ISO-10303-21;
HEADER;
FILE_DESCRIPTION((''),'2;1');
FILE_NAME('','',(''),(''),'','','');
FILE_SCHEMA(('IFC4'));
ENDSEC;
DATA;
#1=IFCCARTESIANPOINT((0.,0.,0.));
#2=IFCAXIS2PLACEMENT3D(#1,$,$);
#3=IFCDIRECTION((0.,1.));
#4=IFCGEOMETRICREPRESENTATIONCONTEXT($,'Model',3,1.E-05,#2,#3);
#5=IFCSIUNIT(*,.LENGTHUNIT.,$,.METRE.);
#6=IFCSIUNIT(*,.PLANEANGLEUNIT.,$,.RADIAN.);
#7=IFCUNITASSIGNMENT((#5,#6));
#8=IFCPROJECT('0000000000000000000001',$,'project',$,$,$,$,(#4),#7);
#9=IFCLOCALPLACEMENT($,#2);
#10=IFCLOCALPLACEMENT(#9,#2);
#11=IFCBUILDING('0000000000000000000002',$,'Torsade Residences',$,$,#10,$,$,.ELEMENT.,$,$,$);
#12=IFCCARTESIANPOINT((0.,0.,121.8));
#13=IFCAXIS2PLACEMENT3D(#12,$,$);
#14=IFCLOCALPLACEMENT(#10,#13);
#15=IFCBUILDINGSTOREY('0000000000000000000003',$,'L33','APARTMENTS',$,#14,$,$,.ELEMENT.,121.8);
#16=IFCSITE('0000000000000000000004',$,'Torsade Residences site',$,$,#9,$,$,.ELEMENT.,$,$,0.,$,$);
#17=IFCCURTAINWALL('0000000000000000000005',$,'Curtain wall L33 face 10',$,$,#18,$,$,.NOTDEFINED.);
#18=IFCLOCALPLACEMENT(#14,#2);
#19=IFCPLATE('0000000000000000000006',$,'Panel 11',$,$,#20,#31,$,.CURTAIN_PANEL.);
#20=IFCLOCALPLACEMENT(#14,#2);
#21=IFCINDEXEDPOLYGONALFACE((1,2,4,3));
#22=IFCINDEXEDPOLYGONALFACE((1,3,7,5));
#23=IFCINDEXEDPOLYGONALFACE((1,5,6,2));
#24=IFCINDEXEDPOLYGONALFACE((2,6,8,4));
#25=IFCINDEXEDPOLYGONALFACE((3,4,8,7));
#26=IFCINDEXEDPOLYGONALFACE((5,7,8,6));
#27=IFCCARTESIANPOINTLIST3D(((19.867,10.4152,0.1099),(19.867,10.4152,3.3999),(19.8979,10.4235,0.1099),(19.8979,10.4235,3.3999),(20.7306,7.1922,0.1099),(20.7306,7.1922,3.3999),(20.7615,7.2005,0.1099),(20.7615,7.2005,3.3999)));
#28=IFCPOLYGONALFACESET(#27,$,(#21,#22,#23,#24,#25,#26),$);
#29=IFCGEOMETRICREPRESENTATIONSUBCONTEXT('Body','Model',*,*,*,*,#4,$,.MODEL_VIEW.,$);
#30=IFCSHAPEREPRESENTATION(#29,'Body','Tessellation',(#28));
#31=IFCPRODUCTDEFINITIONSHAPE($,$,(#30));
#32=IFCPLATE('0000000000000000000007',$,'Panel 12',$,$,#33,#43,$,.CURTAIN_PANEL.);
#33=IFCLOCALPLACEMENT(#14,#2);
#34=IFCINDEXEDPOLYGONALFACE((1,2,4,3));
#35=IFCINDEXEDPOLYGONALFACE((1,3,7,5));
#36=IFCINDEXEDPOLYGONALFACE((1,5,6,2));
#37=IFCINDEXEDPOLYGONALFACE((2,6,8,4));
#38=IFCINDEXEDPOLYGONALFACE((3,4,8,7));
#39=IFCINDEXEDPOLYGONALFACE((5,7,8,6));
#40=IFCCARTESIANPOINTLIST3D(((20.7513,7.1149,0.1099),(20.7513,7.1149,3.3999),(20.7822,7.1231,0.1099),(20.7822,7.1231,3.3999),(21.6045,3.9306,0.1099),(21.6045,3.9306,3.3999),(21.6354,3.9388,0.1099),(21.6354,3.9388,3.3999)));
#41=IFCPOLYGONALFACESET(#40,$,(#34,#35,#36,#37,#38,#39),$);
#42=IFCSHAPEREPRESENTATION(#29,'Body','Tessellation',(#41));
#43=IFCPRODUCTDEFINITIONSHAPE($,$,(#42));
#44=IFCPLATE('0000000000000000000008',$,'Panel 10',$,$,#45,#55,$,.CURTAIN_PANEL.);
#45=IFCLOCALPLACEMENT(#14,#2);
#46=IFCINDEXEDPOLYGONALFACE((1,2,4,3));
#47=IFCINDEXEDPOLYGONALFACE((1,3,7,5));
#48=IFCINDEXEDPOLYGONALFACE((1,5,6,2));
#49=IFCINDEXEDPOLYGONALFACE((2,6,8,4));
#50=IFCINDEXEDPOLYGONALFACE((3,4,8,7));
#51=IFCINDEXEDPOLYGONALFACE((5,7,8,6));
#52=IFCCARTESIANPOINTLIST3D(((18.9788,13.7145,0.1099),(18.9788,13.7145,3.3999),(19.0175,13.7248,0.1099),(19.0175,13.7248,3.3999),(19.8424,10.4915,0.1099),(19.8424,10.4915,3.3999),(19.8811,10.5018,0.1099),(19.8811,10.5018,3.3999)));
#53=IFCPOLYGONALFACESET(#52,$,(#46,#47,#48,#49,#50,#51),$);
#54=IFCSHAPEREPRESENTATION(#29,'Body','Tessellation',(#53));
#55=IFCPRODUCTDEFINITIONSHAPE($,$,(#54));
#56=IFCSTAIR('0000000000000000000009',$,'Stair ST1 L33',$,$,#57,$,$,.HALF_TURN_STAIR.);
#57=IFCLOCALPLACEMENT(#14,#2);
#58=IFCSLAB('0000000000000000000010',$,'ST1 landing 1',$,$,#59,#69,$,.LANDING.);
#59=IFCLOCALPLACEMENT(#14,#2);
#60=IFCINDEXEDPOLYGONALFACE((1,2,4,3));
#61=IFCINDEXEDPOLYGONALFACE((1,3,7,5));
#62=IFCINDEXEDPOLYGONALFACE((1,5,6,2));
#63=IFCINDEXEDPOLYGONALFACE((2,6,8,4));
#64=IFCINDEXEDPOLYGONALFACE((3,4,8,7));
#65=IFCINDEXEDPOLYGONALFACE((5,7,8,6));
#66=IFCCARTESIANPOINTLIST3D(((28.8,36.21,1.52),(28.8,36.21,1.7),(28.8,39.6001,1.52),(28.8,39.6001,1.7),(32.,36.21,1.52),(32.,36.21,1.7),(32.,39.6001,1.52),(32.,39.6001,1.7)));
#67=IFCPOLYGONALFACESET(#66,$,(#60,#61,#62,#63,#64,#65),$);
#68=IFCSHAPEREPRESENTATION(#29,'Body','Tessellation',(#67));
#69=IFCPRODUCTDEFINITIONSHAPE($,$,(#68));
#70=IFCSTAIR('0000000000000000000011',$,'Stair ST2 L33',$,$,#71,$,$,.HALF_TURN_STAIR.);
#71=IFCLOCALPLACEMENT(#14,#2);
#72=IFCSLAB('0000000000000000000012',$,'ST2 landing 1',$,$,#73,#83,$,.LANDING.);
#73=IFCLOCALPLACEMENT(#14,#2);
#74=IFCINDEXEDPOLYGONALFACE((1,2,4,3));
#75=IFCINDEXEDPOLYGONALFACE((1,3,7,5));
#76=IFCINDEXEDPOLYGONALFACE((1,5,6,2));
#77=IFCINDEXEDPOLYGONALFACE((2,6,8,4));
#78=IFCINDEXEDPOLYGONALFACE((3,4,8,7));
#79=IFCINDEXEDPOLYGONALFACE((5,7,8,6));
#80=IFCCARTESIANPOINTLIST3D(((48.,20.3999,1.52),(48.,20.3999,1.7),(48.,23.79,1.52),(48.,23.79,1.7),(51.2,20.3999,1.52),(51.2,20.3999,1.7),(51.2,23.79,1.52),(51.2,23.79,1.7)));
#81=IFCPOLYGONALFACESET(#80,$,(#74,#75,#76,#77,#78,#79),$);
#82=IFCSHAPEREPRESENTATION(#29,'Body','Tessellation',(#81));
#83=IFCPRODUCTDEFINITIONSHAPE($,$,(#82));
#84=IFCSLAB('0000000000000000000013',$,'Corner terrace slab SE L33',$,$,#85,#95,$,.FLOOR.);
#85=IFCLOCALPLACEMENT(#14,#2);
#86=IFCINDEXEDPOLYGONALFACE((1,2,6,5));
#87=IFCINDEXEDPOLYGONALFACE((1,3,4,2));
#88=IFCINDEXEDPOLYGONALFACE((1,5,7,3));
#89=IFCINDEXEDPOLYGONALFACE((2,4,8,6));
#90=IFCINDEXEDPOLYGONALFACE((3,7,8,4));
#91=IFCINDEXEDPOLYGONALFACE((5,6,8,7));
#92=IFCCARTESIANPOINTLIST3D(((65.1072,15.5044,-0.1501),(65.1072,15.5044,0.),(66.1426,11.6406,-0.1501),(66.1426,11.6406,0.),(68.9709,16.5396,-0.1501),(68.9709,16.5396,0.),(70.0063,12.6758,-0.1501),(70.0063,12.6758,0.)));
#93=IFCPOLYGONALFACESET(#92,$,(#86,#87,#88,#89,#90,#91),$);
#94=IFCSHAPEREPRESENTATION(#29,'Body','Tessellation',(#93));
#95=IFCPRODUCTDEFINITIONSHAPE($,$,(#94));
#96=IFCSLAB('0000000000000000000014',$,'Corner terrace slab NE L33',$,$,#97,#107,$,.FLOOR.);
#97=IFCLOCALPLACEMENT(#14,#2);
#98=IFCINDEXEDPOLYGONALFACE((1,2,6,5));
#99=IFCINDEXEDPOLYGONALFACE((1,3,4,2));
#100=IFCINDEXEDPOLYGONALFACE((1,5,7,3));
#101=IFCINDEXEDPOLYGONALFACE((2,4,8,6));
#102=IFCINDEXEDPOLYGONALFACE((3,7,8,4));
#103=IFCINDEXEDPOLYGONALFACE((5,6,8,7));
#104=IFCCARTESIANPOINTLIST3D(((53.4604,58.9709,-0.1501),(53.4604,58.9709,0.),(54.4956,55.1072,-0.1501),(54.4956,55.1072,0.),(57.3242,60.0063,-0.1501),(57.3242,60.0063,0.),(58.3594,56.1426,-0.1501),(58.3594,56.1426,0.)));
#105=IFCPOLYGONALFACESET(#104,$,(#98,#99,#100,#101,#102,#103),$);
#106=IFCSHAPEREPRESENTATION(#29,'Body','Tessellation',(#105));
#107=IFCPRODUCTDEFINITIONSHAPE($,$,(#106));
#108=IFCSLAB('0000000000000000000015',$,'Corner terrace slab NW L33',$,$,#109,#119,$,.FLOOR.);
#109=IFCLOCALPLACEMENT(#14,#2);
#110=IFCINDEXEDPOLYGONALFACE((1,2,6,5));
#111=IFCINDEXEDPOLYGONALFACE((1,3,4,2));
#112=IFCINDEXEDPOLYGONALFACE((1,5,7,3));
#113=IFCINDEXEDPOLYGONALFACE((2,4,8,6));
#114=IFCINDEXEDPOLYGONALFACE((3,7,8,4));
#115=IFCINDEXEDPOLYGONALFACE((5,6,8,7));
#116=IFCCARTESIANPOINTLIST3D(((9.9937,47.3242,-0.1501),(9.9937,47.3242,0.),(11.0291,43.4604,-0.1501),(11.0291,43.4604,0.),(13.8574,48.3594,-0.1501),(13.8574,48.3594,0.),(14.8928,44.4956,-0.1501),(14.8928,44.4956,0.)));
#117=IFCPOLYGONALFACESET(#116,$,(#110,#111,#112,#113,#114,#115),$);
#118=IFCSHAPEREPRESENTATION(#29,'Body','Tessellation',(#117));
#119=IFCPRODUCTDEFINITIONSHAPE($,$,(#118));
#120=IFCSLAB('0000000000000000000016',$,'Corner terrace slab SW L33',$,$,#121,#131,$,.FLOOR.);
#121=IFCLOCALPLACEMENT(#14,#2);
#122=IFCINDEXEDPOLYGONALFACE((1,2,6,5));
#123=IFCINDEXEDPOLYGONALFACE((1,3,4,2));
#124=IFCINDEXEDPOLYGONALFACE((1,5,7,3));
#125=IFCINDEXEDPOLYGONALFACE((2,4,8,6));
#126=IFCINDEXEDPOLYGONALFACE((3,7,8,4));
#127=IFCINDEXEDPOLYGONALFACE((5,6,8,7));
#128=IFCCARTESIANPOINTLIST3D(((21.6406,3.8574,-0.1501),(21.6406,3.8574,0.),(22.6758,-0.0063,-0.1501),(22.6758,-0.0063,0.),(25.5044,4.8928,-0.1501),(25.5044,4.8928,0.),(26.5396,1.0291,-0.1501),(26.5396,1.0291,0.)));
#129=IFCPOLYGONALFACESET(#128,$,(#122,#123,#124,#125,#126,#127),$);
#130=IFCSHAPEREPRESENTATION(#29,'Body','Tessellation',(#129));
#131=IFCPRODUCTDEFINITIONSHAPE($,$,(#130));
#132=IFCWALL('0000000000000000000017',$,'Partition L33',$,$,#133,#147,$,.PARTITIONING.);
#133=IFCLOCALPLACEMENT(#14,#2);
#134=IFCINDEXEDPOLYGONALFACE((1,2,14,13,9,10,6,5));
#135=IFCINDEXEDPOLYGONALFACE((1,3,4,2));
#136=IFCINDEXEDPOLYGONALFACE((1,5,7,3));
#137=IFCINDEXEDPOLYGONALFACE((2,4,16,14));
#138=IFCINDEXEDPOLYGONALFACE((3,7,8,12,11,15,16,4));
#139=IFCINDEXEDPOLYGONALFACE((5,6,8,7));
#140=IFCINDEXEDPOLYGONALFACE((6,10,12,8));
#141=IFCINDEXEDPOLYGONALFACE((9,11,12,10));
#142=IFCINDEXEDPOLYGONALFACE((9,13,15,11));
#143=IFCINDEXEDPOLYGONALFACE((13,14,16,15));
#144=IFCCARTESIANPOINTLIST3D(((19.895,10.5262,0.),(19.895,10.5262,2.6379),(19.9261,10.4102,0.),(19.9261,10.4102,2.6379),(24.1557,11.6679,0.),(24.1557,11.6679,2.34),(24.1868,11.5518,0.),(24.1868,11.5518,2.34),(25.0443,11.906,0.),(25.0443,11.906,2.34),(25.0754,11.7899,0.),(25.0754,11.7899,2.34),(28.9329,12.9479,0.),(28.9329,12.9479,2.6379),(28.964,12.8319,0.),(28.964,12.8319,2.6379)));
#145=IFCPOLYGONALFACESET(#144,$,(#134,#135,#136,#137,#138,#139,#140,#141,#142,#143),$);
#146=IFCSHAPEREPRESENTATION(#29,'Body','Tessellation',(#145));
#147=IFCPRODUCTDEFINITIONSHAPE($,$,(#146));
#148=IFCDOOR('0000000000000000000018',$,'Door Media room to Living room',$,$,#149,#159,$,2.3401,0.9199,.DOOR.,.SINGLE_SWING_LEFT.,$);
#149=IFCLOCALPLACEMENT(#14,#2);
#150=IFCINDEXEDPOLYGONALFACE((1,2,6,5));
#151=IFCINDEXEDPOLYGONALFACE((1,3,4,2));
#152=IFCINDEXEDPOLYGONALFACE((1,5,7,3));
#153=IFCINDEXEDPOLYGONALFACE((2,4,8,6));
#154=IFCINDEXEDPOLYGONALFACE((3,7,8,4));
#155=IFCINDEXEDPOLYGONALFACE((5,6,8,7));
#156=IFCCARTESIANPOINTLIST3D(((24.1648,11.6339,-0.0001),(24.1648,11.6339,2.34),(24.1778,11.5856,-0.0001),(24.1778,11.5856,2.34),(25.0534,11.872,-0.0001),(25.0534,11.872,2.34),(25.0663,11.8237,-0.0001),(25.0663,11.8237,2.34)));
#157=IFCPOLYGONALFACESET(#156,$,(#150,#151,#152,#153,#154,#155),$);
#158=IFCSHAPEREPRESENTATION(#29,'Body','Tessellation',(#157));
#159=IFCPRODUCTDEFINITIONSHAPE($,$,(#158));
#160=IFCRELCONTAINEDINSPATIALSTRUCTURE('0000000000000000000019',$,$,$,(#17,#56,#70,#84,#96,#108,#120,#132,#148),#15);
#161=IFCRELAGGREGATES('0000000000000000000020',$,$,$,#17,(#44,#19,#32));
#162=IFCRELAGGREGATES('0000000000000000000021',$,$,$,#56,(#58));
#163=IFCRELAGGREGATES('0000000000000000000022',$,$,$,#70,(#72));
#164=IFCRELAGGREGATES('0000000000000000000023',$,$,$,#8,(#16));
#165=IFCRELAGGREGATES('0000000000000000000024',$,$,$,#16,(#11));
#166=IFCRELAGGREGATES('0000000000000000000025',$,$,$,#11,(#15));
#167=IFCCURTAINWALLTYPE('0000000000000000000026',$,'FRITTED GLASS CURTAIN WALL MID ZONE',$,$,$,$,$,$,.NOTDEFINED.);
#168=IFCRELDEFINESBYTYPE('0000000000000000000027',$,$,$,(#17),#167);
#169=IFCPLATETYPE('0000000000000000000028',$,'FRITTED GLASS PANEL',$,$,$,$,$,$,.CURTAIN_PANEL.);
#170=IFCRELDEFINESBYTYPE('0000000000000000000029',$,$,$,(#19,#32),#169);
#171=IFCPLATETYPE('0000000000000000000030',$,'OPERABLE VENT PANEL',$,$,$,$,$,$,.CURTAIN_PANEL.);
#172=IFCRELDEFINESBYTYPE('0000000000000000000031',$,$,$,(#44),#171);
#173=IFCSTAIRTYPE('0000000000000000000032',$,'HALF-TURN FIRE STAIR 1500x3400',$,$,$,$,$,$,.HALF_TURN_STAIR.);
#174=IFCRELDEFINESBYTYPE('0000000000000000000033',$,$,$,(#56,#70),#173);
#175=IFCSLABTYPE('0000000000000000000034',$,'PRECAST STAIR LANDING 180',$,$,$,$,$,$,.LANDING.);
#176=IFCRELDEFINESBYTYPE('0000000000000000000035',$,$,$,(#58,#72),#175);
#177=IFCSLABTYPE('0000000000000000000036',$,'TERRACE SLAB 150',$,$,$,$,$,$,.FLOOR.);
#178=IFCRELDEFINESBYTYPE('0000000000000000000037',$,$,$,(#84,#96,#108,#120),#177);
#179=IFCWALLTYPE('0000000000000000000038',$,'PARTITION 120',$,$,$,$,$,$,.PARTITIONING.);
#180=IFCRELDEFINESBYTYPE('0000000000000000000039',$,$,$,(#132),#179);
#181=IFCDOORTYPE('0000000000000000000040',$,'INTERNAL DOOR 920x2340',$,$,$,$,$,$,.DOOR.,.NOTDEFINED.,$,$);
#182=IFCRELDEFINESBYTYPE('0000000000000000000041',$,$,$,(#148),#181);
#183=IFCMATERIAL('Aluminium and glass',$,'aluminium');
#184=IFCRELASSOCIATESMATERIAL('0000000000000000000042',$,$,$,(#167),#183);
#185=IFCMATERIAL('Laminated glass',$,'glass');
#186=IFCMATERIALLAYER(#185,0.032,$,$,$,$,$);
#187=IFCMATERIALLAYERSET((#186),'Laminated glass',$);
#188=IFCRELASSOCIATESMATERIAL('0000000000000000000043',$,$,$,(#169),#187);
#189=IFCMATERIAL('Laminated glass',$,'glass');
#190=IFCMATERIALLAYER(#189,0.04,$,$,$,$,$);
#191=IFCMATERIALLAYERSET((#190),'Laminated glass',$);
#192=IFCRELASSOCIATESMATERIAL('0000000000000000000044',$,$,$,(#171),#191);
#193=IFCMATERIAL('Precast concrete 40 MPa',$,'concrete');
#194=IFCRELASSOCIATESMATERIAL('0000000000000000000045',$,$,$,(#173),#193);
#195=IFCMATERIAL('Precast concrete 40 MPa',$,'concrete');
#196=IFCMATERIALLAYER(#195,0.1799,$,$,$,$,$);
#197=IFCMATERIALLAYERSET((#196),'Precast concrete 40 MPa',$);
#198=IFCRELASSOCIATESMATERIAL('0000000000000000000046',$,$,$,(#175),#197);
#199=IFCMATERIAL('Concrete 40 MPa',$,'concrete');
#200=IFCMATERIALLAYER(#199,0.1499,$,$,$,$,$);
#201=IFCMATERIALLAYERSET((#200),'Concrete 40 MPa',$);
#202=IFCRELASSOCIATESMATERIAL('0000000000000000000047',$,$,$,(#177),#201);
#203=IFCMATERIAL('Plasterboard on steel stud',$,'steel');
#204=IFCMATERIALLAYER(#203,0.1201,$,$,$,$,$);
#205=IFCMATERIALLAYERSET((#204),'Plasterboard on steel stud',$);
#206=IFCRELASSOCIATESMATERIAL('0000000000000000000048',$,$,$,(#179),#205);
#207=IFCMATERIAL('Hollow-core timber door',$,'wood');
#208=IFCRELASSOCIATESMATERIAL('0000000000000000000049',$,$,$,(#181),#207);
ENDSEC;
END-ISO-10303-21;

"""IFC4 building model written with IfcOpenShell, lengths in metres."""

from ifc_helpers import new_model, si_unit, direction, frame, frame_2d, origin, origin_2d, place, context, subcontext, project, spatial, polyline, rectangle, outline, extrude, material, layer, layer_set, type_object, element, fill, aggregate, save


model = new_model("IFC4")

# Units and contexts
model_context = context("Model", 3, precision=1e-05, world=origin(), true_north=direction((0.0, 1.0)))
body_context = subcontext(model_context, "Body", "Model", "MODEL_VIEW")
ifc_project = project(units=[si_unit("LENGTHUNIT", "METRE"), si_unit("PLANEANGLEUNIT", "RADIAN")], contexts=[model_context])

# Site, building, storey
site_placement = place(None, origin())
site = spatial("IfcSite", under=ifc_project, at=site_placement, Name="Torsade Residences site", CompositionType="ELEMENT", RefElevation=0.0)
building_placement = place(site_placement, origin())
building = spatial("IfcBuilding", under=site, at=building_placement, Name="Torsade Residences", CompositionType="ELEMENT")
storey_placement = place(building_placement, frame((0.0, 0.0, 121.8)))
storey = spatial("IfcBuildingStorey", under=building, at=storey_placement, Name="L33", Description="APARTMENTS", CompositionType="ELEMENT", Elevation=121.8)

# Curtain wall
ifc_material_1 = material(Name="Aluminium and glass", Category="aluminium")
curtain_wall_type = type_object("IfcCurtainWallType", Name="FRITTED GLASS CURTAIN WALL MID ZONE", PredefinedType="NOTDEFINED", material=ifc_material_1)
curtain_wall_placement = place(storey_placement, origin())
curtain_wall = element("IfcCurtainWall", 1, at=curtain_wall_placement, inside=storey, type_object=curtain_wall_type, Name="Curtain wall L33 face 10", PredefinedType="NOTDEFINED")

# Plates
ifc_material_2 = material(Name="Laminated glass", Category="glass")
ifc_layer_1 = layer(ifc_material_2, 0.032)
ifc_layer_set_1 = layer_set([ifc_layer_1], Name="Laminated glass")
plate_type_1 = type_object("IfcPlateType", Name="FRITTED GLASS PANEL", PredefinedType="CURTAIN_PANEL", material=ifc_layer_set_1)
plate_1_placement = place(storey_placement, frame((20.3142, 8.8079, 0.1099), z_axis=(0.0, 0.0, 1.0), x_axis=(0.258819, -0.965926, 0.0)))
plate_1 = element("IfcPlate", 2, at=plate_1_placement, type_object=plate_type_1, Name="Panel 11", PredefinedType="CURTAIN_PANEL", context=body_context, shape_type="SweptSolid", body=[
    extrude(rectangle(XDim=3.3367, YDim=0.032, at=origin_2d()), origin(), (0.0, 0.0, 1.0), 3.29),
])
plate_2_placement = place(storey_placement, frame((21.1934, 5.5269, 0.1099), z_axis=(0.0, 0.0, 1.0), x_axis=(0.258819, -0.965926, 0.0)))
plate_2 = element("IfcPlate", 3, at=plate_2_placement, type_object=plate_type_1, Name="Panel 12", PredefinedType="CURTAIN_PANEL", context=body_context, shape_type="SweptSolid", body=[
    extrude(rectangle(XDim=3.2966, YDim=0.032, at=origin_2d()), origin(), (0.0, 0.0, 1.0), 3.29),
])
ifc_material_3 = material(Name="Laminated glass", Category="glass")
ifc_layer_2 = layer(ifc_material_3, 0.04)
ifc_layer_set_2 = layer_set([ifc_layer_2], Name="Laminated glass")
plate_type_2 = type_object("IfcPlateType", Name="OPERABLE VENT PANEL", PredefinedType="CURTAIN_PANEL", material=ifc_layer_set_2)
plate_3_placement = place(storey_placement, frame((19.4299, 12.1082, 0.1099), z_axis=(0.0, 0.0, 1.0), x_axis=(0.258819, -0.965926, 0.0)))
plate_3 = element("IfcPlate", 4, at=plate_3_placement, type_object=plate_type_2, Name="Panel 10", PredefinedType="CURTAIN_PANEL", context=body_context, shape_type="SweptSolid", body=[
    extrude(rectangle(XDim=3.3367, YDim=0.04, at=origin_2d()), origin(), (0.0, 0.0, 1.0), 3.29),
])
aggregate(curtain_wall, [plate_3, plate_1, plate_2])

# Stairs, slabs
ifc_material_4 = material(Name="Precast concrete 40 MPa", Category="concrete")
stair_type = type_object("IfcStairType", Name="HALF-TURN FIRE STAIR 1500x3400", PredefinedType="HALF_TURN_STAIR", material=ifc_material_4)
stair_1_placement = place(storey_placement, origin())
stair_1 = element("IfcStair", 5, at=stair_1_placement, inside=storey, type_object=stair_type, Name="Stair ST1 L33", PredefinedType="HALF_TURN_STAIR")
ifc_material_5 = material(Name="Precast concrete 40 MPa", Category="concrete")
ifc_layer_3 = layer(ifc_material_5, 0.1799)
ifc_layer_set_3 = layer_set([ifc_layer_3], Name="Precast concrete 40 MPa")
slab_type_1 = type_object("IfcSlabType", Name="PRECAST STAIR LANDING 180", PredefinedType="LANDING", material=ifc_layer_set_3)
slab_1_placement = place(storey_placement, frame((0.0, 0.0, 1.52)))
slab_1 = element("IfcSlab", 6, at=slab_1_placement, type_object=slab_type_1, Name="ST1 landing 1", PredefinedType="LANDING", context=body_context, shape_type="SweptSolid", body=[
    extrude(outline(polyline([(28.8, 36.21), (32.0, 36.21), (32.0, 39.6001), (28.8, 39.6001), (28.8, 36.21)])), origin(), (0.0, 0.0, 1.0), 0.1799),
])
aggregate(stair_1, [slab_1])
stair_2_placement = place(storey_placement, origin())
stair_2 = element("IfcStair", 7, at=stair_2_placement, inside=storey, type_object=stair_type, Name="Stair ST2 L33", PredefinedType="HALF_TURN_STAIR")
slab_2_placement = place(storey_placement, frame((0.0, 0.0, 1.52)))
slab_2 = element("IfcSlab", 8, at=slab_2_placement, type_object=slab_type_1, Name="ST2 landing 1", PredefinedType="LANDING", context=body_context, shape_type="SweptSolid", body=[
    extrude(outline(polyline([(48.0, 20.3999), (51.2, 20.3999), (51.2, 23.79), (48.0, 23.79), (48.0, 20.3999)])), origin(), (0.0, 0.0, 1.0), 0.1799),
])
aggregate(stair_2, [slab_2])

# Slabs
ifc_material_6 = material(Name="Concrete 40 MPa", Category="concrete")
ifc_layer_4 = layer(ifc_material_6, 0.1499)
ifc_layer_set_4 = layer_set([ifc_layer_4], Name="Concrete 40 MPa")
slab_type_2 = type_object("IfcSlabType", Name="TERRACE SLAB 150", PredefinedType="FLOOR", material=ifc_layer_set_4)
slab_3_placement = place(storey_placement, frame((0.0, 0.0, -0.1501)))
element("IfcSlab", 9, at=slab_3_placement, inside=storey, type_object=slab_type_2, Name="Corner terrace slab SE L33", PredefinedType="FLOOR", context=body_context, shape_type="SweptSolid", body=[
    extrude(outline(polyline([(66.1426, 11.6406), (70.0063, 12.6758), (68.9709, 16.5396), (65.1072, 15.5044), (66.1426, 11.6406)])), origin(), (0.0, 0.0, 1.0), 0.1501),
])
slab_4_placement = place(storey_placement, frame((0.0, 0.0, -0.1501)))
element("IfcSlab", 10, at=slab_4_placement, inside=storey, type_object=slab_type_2, Name="Corner terrace slab NE L33", PredefinedType="FLOOR", context=body_context, shape_type="SweptSolid", body=[
    extrude(outline(polyline([(54.4956, 55.1072), (58.3594, 56.1426), (57.3242, 60.0063), (53.4604, 58.9709), (54.4956, 55.1072)])), origin(), (0.0, 0.0, 1.0), 0.1501),
])
slab_5_placement = place(storey_placement, frame((0.0, 0.0, -0.1501)))
element("IfcSlab", 11, at=slab_5_placement, inside=storey, type_object=slab_type_2, Name="Corner terrace slab NW L33", PredefinedType="FLOOR", context=body_context, shape_type="SweptSolid", body=[
    extrude(outline(polyline([(11.0291, 43.4604), (14.8928, 44.4956), (13.8574, 48.3594), (9.9937, 47.3242), (11.0291, 43.4604)])), origin(), (0.0, 0.0, 1.0), 0.1501),
])
slab_6_placement = place(storey_placement, frame((0.0, 0.0, -0.1501)))
element("IfcSlab", 12, at=slab_6_placement, inside=storey, type_object=slab_type_2, Name="Corner terrace slab SW L33", PredefinedType="FLOOR", context=body_context, shape_type="SweptSolid", body=[
    extrude(outline(polyline([(22.6758, -0.0063), (26.5396, 1.0291), (25.5044, 4.8928), (21.6406, 3.8574), (22.6758, -0.0063)])), origin(), (0.0, 0.0, 1.0), 0.1501),
])

# Wall, opening, door
ifc_material_7 = material(Name="Plasterboard on steel stud", Category="steel")
ifc_layer_5 = layer(ifc_material_7, 0.1201)
ifc_layer_set_5 = layer_set([ifc_layer_5], Name="Plasterboard on steel stud")
wall_type_1 = type_object("IfcWallType", Name="PARTITION 120", PredefinedType="PARTITIONING", material=ifc_layer_set_5)
wall_1_placement = place(storey_placement, frame((19.9106, 10.4683, 0.0), z_axis=(0.0, 0.0, 1.0), x_axis=(0.965927, 0.258814, 0.0)))
wall_1 = element("IfcWall", 13, at=wall_1_placement, inside=storey, type_object=wall_type_1, Name="Partition L33", PredefinedType="PARTITIONING", context=body_context, shape_type="SweptSolid", body=[
    extrude(rectangle(XDim=9.3567, YDim=0.1201, at=frame_2d((4.6782, 0.0))), origin(), (0.0, 0.0, 1.0), 2.6379),
])
opening_1_placement = place(wall_1_placement, frame((4.4109, 0.0, 0.0)))
opening_1 = element("IfcOpeningElement", 14, at=opening_1_placement, cuts=wall_1, PredefinedType="OPENING", context=body_context, shape_type="SweptSolid", body=[
    extrude(rectangle(XDim=0.9199, YDim=2.3401, at=frame_2d((0.46, 1.1699))), frame((0.0, 0.0701, 0.0), z_axis=(0.0, -1.0, 0.0), x_axis=(1.0, 0.0, 0.0)), (0.0, 0.0, 1.0), 0.1401),
])
ifc_material_8 = material(Name="Hollow-core timber door", Category="wood")
door_type_1 = type_object("IfcDoorType", Name="INTERNAL DOOR 920x2340", OperationType="NOTDEFINED", PredefinedType="DOOR", material=ifc_material_8)
door_1_placement = place(opening_1_placement, origin())
door_1 = element("IfcDoor", 15, at=door_1_placement, inside=storey, type_object=door_type_1, Name="Door Media room to Living room", OperationType="SINGLE_SWING_LEFT", OverallHeight=2.3401, OverallWidth=0.9199, PredefinedType="DOOR", context=body_context, shape_type="SweptSolid", body=[
    extrude(rectangle(XDim=0.9199, YDim=2.3401, at=frame_2d((0.46, 1.1699))), frame((0.0, 0.0249, 0.0), z_axis=(0.0, -1.0, 0.0), x_axis=(1.0, 0.0, 0.0)), (0.0, 0.0, 1.0), 0.05),
])
fill(opening_1, door_1)

save(model, "model.ifc")
